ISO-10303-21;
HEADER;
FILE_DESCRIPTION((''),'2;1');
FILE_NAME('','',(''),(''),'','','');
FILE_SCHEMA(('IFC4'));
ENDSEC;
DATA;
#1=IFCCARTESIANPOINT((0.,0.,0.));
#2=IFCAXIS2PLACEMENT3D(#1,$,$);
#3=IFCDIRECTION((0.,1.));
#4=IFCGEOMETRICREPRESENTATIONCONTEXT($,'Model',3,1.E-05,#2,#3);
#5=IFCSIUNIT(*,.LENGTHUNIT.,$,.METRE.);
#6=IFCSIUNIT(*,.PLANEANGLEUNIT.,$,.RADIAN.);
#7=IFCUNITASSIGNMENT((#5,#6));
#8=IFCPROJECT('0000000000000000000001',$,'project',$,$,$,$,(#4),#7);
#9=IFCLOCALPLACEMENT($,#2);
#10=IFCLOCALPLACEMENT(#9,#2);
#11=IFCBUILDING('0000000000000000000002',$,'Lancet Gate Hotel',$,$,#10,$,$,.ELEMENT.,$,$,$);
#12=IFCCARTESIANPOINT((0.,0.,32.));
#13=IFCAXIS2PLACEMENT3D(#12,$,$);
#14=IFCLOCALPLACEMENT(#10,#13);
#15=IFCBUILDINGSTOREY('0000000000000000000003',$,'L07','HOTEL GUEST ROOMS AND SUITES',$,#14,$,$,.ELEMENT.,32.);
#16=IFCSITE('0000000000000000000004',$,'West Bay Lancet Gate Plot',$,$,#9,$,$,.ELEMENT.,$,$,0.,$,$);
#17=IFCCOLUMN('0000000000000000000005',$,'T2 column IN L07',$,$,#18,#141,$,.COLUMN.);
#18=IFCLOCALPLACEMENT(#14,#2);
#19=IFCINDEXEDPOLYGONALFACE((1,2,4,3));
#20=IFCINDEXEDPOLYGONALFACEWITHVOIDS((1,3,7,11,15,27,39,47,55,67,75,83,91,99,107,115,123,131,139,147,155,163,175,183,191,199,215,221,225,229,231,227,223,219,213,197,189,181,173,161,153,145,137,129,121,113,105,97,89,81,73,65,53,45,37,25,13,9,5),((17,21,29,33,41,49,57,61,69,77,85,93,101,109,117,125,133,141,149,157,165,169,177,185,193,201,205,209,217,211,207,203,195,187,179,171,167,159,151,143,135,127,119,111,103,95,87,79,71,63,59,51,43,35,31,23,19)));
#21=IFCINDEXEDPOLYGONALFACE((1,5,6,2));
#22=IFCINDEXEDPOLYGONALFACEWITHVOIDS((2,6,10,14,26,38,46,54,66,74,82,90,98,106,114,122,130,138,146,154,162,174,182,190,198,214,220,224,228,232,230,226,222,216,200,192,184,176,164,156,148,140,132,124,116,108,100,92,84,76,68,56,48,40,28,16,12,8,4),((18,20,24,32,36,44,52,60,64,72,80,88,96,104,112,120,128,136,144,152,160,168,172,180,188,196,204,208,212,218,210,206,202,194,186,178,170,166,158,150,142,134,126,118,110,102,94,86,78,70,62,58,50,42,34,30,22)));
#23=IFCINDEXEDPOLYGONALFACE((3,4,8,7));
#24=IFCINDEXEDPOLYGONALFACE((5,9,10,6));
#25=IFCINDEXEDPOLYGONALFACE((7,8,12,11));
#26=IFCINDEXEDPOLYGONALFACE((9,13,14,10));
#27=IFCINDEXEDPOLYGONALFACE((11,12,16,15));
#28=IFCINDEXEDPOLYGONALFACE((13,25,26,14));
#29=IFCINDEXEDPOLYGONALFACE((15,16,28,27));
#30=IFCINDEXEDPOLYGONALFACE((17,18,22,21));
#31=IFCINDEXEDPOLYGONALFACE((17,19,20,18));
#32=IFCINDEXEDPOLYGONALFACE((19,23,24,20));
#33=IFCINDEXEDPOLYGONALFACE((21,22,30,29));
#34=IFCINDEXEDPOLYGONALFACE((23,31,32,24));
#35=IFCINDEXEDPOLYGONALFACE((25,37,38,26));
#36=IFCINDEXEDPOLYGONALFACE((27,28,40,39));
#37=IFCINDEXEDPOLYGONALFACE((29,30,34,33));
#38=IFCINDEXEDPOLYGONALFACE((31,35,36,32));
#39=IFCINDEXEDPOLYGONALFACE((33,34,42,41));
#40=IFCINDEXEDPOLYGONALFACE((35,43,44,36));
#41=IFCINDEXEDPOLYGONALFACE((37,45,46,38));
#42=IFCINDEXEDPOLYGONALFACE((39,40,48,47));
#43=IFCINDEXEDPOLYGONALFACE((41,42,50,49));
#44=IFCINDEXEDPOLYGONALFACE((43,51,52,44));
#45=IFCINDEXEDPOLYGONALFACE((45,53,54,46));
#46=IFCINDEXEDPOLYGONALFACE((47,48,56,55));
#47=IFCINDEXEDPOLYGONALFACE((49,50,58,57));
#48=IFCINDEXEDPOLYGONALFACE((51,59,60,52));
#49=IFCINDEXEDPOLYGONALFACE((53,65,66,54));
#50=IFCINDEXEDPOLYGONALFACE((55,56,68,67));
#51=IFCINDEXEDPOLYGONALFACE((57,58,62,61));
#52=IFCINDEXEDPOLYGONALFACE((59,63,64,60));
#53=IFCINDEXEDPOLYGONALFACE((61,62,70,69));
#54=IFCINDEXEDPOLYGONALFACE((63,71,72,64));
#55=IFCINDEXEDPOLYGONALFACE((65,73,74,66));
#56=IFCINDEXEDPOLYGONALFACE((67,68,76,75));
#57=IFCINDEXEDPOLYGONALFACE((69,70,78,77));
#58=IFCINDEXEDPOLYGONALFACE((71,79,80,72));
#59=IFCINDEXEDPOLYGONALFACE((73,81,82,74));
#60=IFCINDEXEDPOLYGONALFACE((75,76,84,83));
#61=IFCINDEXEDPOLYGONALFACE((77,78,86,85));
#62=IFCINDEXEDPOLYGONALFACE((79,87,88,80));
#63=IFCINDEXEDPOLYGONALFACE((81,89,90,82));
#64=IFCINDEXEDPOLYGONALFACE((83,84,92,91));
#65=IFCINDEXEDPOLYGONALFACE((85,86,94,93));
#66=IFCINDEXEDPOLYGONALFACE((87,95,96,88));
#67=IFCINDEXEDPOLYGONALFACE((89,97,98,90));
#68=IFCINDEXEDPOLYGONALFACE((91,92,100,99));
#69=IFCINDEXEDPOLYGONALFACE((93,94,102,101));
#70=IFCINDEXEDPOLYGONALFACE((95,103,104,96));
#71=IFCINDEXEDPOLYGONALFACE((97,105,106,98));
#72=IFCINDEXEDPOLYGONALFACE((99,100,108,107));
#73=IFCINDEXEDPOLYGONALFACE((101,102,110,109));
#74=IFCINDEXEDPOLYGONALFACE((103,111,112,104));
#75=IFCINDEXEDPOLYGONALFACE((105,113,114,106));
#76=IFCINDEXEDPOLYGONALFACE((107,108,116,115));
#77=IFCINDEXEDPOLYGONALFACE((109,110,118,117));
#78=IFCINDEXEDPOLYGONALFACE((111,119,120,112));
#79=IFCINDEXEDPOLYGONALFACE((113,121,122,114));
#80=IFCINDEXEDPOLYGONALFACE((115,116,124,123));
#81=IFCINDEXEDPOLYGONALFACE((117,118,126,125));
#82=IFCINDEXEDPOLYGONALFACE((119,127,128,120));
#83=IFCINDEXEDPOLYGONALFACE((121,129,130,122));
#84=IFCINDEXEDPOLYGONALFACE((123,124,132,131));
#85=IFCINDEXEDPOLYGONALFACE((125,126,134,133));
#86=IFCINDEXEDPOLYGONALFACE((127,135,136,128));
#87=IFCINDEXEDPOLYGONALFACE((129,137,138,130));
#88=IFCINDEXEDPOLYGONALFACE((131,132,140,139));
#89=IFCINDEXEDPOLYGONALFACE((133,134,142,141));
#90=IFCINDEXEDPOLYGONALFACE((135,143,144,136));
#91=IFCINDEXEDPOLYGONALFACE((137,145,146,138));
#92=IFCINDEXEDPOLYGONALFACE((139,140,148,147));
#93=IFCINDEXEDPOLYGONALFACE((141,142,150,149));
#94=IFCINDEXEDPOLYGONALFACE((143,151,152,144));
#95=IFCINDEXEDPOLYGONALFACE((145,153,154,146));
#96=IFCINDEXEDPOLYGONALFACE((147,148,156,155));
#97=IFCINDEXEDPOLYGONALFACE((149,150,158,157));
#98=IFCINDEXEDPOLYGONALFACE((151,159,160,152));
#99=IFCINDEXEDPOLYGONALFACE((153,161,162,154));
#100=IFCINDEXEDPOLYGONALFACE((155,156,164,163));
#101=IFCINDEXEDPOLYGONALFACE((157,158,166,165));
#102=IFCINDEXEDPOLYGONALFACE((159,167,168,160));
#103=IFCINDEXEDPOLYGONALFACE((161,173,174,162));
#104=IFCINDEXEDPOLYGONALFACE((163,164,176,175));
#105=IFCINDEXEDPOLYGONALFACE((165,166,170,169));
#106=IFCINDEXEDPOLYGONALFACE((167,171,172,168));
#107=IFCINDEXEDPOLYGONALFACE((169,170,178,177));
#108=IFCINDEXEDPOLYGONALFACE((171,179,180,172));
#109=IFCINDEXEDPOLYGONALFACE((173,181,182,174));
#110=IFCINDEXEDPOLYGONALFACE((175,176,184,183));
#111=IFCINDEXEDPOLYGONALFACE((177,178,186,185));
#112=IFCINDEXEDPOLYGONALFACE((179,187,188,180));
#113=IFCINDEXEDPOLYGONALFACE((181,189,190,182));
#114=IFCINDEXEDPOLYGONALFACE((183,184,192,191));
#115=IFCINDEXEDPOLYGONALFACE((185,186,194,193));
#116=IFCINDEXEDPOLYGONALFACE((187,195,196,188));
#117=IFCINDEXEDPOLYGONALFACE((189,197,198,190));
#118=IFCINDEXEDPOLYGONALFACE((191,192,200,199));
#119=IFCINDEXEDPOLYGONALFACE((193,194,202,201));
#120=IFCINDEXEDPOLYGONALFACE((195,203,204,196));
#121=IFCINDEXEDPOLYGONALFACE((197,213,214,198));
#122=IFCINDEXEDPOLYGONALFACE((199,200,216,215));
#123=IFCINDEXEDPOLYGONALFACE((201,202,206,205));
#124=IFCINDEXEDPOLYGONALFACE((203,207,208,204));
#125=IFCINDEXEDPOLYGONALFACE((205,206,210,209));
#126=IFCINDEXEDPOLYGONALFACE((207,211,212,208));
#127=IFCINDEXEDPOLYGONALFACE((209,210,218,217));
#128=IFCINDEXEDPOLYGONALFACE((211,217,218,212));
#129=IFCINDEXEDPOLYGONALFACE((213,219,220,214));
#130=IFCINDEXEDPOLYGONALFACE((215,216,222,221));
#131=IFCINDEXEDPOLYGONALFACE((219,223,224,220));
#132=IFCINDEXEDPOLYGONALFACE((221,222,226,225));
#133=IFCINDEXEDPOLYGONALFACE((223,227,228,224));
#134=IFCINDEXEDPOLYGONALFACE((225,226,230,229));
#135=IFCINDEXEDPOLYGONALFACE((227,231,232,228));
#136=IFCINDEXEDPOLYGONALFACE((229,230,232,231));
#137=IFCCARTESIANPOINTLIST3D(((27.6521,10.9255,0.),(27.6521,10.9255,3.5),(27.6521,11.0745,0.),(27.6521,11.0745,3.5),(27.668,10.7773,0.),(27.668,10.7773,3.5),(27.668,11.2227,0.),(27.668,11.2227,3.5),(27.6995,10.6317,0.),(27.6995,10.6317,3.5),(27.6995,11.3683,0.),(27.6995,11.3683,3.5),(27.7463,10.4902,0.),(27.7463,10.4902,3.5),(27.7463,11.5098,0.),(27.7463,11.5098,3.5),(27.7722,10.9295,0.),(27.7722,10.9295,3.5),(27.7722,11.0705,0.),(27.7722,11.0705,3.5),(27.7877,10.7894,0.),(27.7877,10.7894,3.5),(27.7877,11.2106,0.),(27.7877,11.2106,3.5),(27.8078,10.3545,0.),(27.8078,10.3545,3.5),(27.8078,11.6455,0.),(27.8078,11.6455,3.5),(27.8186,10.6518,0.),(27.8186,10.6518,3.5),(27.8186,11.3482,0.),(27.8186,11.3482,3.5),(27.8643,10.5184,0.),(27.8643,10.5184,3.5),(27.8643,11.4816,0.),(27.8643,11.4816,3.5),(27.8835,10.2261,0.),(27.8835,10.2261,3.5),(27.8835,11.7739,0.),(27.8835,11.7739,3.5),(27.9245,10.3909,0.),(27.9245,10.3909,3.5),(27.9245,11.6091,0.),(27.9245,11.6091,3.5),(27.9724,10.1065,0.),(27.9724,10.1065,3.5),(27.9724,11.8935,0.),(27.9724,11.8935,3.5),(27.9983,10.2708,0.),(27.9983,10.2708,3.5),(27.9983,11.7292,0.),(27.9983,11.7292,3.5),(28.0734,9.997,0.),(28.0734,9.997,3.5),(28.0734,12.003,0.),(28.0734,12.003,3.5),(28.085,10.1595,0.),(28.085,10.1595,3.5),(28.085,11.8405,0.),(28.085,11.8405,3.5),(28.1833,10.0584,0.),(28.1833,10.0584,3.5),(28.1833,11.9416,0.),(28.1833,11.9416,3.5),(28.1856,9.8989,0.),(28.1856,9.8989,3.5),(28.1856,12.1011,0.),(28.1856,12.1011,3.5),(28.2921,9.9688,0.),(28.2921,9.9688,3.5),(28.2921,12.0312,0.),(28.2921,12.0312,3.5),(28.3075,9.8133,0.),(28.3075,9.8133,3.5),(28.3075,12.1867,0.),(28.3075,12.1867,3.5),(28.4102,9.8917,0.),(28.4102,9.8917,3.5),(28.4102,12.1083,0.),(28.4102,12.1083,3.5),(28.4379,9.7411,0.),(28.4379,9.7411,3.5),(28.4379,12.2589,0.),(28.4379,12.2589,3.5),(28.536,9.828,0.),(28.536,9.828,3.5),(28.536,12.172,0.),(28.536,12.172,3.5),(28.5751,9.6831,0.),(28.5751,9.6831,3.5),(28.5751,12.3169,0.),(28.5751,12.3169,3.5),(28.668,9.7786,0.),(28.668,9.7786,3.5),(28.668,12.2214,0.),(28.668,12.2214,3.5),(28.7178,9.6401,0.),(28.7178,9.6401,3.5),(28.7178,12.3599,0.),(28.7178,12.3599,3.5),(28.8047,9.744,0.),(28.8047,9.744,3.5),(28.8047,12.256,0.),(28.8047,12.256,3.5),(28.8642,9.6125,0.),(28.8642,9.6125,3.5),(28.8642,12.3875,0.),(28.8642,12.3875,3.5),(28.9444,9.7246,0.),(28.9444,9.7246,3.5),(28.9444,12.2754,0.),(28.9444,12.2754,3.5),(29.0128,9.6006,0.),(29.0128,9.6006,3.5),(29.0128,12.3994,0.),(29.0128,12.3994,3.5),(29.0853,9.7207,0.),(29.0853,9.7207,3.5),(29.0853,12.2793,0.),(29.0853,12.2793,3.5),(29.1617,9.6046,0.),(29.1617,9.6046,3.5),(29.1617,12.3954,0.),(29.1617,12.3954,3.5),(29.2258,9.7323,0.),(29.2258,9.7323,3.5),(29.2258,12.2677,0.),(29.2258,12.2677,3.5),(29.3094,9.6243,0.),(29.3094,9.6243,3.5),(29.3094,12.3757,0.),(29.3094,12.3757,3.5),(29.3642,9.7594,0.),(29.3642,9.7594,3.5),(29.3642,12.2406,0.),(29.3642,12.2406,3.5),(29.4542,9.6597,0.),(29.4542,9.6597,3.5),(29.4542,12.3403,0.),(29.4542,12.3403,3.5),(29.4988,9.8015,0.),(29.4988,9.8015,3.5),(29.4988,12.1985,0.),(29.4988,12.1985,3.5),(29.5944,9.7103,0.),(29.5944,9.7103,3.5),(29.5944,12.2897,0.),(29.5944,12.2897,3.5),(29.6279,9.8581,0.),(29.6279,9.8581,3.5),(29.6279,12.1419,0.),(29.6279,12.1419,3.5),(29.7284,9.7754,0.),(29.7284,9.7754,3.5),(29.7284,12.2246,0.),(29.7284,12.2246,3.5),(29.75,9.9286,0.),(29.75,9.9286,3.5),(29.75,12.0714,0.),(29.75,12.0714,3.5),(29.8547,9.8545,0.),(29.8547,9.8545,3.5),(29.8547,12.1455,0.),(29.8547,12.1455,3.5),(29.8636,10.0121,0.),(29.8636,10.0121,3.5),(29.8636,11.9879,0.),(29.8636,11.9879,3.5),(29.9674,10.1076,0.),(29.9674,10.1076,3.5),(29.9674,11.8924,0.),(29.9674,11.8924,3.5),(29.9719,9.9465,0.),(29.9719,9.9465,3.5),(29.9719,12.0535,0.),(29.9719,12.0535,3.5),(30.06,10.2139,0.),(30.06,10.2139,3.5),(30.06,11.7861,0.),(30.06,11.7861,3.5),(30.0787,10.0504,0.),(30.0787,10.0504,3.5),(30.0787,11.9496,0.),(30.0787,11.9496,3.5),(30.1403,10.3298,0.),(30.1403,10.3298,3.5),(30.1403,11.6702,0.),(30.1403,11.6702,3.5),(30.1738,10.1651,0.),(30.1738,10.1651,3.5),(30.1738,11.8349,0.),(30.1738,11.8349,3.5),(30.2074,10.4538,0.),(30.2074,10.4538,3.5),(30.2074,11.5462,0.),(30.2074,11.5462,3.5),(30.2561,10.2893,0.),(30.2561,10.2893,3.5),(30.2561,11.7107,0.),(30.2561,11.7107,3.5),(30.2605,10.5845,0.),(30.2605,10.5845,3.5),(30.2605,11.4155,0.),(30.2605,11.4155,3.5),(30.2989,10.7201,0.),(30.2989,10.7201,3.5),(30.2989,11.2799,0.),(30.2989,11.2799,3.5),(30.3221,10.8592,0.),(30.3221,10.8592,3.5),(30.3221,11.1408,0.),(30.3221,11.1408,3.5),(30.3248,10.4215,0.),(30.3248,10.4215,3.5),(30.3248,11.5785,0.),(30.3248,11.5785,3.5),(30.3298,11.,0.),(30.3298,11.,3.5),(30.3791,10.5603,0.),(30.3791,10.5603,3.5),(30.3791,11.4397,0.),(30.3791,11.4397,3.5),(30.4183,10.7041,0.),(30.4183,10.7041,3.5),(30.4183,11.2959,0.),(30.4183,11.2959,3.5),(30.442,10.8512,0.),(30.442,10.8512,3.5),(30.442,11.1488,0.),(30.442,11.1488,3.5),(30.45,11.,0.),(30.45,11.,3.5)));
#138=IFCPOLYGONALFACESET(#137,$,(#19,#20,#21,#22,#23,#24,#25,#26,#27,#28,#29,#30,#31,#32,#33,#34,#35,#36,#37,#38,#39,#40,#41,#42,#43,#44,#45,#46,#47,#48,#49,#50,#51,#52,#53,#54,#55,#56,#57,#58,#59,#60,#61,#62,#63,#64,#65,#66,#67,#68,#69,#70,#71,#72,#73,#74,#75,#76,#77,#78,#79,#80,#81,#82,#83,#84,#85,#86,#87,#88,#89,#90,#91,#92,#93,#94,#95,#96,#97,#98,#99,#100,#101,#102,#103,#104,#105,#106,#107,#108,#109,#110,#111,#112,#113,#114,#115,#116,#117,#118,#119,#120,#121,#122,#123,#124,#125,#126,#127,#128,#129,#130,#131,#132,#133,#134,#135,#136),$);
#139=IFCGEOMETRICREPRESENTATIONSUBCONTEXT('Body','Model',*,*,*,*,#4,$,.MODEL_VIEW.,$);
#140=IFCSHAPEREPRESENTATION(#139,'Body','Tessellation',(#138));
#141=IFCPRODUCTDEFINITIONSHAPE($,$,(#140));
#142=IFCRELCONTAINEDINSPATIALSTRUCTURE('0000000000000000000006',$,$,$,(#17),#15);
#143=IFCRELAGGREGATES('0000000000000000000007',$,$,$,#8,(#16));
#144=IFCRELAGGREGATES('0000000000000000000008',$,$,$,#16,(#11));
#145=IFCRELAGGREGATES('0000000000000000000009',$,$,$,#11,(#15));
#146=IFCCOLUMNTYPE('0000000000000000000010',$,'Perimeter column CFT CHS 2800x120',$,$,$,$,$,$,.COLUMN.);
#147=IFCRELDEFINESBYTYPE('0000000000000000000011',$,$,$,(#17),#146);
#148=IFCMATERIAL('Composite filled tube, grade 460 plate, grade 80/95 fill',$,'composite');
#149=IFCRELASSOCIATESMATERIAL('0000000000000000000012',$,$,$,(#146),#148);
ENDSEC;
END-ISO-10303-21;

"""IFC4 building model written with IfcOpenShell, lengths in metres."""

from ifc_helpers import new_model, si_unit, direction, frame, origin, origin_2d, place, context, subcontext, project, spatial, hollow_circle, extrude, material, material_profile, profile_set, type_object, element, save


model = new_model("IFC4")

# Units and contexts
model_context = context("Model", 3, precision=1e-05, world=origin(), true_north=direction((0.0, 1.0)))
body_context = subcontext(model_context, "Body", "Model", "MODEL_VIEW")
ifc_project = project(units=[si_unit("LENGTHUNIT", "METRE"), si_unit("PLANEANGLEUNIT", "RADIAN")], contexts=[model_context])

# Site, building, storey
site_placement = place(None, origin())
site = spatial("IfcSite", under=ifc_project, at=site_placement, Name="West Bay Lancet Gate Plot", CompositionType="ELEMENT", RefElevation=0.0)
building_placement = place(site_placement, origin())
building = spatial("IfcBuilding", under=site, at=building_placement, Name="Lancet Gate Hotel", CompositionType="ELEMENT")
storey_placement = place(building_placement, frame((0.0, 0.0, 32.0)))
storey = spatial("IfcBuildingStorey", under=building, at=storey_placement, Name="L07", Description="HOTEL GUEST ROOMS AND SUITES", CompositionType="ELEMENT", Elevation=32.0)

# Column
ifc_material_1 = material(Name="Composite filled tube, grade 460 plate, grade 80/95 fill", Category="composite")
ifc_material_profile_1 = material_profile(ifc_material_1, hollow_circle(Radius=1.3999, WallThickness=0.1201, at=origin_2d()), Name="CHS 2800x120")
ifc_profile_set_1 = profile_set([ifc_material_profile_1], Name="Composite filled tube, grade 460 plate, grade 80/95 fill")
column_type = type_object("IfcColumnType", Name="Perimeter column CFT CHS 2800x120", PredefinedType="COLUMN", material=ifc_profile_set_1)
for number, where, z_axis, x_axis, name in (
    (1, (29.05, 11.0, 0.0), (0.0, 0.0, 1.0), (1.0, 0.0, 0.0), "T2 column IN L07"),
):
    element("IfcColumn", number, at=place(storey_placement, frame(where, z_axis=z_axis, x_axis=x_axis)), inside=storey, type_object=column_type, Name=name, PredefinedType="COLUMN", context=body_context, shape_type="SweptSolid", body=[
        extrude(hollow_circle(Radius=1.3999, WallThickness=0.1201, at=origin_2d()), origin(), (0.0, 0.0, 1.0), 3.5),
    ])

save(model, "model.ifc")
